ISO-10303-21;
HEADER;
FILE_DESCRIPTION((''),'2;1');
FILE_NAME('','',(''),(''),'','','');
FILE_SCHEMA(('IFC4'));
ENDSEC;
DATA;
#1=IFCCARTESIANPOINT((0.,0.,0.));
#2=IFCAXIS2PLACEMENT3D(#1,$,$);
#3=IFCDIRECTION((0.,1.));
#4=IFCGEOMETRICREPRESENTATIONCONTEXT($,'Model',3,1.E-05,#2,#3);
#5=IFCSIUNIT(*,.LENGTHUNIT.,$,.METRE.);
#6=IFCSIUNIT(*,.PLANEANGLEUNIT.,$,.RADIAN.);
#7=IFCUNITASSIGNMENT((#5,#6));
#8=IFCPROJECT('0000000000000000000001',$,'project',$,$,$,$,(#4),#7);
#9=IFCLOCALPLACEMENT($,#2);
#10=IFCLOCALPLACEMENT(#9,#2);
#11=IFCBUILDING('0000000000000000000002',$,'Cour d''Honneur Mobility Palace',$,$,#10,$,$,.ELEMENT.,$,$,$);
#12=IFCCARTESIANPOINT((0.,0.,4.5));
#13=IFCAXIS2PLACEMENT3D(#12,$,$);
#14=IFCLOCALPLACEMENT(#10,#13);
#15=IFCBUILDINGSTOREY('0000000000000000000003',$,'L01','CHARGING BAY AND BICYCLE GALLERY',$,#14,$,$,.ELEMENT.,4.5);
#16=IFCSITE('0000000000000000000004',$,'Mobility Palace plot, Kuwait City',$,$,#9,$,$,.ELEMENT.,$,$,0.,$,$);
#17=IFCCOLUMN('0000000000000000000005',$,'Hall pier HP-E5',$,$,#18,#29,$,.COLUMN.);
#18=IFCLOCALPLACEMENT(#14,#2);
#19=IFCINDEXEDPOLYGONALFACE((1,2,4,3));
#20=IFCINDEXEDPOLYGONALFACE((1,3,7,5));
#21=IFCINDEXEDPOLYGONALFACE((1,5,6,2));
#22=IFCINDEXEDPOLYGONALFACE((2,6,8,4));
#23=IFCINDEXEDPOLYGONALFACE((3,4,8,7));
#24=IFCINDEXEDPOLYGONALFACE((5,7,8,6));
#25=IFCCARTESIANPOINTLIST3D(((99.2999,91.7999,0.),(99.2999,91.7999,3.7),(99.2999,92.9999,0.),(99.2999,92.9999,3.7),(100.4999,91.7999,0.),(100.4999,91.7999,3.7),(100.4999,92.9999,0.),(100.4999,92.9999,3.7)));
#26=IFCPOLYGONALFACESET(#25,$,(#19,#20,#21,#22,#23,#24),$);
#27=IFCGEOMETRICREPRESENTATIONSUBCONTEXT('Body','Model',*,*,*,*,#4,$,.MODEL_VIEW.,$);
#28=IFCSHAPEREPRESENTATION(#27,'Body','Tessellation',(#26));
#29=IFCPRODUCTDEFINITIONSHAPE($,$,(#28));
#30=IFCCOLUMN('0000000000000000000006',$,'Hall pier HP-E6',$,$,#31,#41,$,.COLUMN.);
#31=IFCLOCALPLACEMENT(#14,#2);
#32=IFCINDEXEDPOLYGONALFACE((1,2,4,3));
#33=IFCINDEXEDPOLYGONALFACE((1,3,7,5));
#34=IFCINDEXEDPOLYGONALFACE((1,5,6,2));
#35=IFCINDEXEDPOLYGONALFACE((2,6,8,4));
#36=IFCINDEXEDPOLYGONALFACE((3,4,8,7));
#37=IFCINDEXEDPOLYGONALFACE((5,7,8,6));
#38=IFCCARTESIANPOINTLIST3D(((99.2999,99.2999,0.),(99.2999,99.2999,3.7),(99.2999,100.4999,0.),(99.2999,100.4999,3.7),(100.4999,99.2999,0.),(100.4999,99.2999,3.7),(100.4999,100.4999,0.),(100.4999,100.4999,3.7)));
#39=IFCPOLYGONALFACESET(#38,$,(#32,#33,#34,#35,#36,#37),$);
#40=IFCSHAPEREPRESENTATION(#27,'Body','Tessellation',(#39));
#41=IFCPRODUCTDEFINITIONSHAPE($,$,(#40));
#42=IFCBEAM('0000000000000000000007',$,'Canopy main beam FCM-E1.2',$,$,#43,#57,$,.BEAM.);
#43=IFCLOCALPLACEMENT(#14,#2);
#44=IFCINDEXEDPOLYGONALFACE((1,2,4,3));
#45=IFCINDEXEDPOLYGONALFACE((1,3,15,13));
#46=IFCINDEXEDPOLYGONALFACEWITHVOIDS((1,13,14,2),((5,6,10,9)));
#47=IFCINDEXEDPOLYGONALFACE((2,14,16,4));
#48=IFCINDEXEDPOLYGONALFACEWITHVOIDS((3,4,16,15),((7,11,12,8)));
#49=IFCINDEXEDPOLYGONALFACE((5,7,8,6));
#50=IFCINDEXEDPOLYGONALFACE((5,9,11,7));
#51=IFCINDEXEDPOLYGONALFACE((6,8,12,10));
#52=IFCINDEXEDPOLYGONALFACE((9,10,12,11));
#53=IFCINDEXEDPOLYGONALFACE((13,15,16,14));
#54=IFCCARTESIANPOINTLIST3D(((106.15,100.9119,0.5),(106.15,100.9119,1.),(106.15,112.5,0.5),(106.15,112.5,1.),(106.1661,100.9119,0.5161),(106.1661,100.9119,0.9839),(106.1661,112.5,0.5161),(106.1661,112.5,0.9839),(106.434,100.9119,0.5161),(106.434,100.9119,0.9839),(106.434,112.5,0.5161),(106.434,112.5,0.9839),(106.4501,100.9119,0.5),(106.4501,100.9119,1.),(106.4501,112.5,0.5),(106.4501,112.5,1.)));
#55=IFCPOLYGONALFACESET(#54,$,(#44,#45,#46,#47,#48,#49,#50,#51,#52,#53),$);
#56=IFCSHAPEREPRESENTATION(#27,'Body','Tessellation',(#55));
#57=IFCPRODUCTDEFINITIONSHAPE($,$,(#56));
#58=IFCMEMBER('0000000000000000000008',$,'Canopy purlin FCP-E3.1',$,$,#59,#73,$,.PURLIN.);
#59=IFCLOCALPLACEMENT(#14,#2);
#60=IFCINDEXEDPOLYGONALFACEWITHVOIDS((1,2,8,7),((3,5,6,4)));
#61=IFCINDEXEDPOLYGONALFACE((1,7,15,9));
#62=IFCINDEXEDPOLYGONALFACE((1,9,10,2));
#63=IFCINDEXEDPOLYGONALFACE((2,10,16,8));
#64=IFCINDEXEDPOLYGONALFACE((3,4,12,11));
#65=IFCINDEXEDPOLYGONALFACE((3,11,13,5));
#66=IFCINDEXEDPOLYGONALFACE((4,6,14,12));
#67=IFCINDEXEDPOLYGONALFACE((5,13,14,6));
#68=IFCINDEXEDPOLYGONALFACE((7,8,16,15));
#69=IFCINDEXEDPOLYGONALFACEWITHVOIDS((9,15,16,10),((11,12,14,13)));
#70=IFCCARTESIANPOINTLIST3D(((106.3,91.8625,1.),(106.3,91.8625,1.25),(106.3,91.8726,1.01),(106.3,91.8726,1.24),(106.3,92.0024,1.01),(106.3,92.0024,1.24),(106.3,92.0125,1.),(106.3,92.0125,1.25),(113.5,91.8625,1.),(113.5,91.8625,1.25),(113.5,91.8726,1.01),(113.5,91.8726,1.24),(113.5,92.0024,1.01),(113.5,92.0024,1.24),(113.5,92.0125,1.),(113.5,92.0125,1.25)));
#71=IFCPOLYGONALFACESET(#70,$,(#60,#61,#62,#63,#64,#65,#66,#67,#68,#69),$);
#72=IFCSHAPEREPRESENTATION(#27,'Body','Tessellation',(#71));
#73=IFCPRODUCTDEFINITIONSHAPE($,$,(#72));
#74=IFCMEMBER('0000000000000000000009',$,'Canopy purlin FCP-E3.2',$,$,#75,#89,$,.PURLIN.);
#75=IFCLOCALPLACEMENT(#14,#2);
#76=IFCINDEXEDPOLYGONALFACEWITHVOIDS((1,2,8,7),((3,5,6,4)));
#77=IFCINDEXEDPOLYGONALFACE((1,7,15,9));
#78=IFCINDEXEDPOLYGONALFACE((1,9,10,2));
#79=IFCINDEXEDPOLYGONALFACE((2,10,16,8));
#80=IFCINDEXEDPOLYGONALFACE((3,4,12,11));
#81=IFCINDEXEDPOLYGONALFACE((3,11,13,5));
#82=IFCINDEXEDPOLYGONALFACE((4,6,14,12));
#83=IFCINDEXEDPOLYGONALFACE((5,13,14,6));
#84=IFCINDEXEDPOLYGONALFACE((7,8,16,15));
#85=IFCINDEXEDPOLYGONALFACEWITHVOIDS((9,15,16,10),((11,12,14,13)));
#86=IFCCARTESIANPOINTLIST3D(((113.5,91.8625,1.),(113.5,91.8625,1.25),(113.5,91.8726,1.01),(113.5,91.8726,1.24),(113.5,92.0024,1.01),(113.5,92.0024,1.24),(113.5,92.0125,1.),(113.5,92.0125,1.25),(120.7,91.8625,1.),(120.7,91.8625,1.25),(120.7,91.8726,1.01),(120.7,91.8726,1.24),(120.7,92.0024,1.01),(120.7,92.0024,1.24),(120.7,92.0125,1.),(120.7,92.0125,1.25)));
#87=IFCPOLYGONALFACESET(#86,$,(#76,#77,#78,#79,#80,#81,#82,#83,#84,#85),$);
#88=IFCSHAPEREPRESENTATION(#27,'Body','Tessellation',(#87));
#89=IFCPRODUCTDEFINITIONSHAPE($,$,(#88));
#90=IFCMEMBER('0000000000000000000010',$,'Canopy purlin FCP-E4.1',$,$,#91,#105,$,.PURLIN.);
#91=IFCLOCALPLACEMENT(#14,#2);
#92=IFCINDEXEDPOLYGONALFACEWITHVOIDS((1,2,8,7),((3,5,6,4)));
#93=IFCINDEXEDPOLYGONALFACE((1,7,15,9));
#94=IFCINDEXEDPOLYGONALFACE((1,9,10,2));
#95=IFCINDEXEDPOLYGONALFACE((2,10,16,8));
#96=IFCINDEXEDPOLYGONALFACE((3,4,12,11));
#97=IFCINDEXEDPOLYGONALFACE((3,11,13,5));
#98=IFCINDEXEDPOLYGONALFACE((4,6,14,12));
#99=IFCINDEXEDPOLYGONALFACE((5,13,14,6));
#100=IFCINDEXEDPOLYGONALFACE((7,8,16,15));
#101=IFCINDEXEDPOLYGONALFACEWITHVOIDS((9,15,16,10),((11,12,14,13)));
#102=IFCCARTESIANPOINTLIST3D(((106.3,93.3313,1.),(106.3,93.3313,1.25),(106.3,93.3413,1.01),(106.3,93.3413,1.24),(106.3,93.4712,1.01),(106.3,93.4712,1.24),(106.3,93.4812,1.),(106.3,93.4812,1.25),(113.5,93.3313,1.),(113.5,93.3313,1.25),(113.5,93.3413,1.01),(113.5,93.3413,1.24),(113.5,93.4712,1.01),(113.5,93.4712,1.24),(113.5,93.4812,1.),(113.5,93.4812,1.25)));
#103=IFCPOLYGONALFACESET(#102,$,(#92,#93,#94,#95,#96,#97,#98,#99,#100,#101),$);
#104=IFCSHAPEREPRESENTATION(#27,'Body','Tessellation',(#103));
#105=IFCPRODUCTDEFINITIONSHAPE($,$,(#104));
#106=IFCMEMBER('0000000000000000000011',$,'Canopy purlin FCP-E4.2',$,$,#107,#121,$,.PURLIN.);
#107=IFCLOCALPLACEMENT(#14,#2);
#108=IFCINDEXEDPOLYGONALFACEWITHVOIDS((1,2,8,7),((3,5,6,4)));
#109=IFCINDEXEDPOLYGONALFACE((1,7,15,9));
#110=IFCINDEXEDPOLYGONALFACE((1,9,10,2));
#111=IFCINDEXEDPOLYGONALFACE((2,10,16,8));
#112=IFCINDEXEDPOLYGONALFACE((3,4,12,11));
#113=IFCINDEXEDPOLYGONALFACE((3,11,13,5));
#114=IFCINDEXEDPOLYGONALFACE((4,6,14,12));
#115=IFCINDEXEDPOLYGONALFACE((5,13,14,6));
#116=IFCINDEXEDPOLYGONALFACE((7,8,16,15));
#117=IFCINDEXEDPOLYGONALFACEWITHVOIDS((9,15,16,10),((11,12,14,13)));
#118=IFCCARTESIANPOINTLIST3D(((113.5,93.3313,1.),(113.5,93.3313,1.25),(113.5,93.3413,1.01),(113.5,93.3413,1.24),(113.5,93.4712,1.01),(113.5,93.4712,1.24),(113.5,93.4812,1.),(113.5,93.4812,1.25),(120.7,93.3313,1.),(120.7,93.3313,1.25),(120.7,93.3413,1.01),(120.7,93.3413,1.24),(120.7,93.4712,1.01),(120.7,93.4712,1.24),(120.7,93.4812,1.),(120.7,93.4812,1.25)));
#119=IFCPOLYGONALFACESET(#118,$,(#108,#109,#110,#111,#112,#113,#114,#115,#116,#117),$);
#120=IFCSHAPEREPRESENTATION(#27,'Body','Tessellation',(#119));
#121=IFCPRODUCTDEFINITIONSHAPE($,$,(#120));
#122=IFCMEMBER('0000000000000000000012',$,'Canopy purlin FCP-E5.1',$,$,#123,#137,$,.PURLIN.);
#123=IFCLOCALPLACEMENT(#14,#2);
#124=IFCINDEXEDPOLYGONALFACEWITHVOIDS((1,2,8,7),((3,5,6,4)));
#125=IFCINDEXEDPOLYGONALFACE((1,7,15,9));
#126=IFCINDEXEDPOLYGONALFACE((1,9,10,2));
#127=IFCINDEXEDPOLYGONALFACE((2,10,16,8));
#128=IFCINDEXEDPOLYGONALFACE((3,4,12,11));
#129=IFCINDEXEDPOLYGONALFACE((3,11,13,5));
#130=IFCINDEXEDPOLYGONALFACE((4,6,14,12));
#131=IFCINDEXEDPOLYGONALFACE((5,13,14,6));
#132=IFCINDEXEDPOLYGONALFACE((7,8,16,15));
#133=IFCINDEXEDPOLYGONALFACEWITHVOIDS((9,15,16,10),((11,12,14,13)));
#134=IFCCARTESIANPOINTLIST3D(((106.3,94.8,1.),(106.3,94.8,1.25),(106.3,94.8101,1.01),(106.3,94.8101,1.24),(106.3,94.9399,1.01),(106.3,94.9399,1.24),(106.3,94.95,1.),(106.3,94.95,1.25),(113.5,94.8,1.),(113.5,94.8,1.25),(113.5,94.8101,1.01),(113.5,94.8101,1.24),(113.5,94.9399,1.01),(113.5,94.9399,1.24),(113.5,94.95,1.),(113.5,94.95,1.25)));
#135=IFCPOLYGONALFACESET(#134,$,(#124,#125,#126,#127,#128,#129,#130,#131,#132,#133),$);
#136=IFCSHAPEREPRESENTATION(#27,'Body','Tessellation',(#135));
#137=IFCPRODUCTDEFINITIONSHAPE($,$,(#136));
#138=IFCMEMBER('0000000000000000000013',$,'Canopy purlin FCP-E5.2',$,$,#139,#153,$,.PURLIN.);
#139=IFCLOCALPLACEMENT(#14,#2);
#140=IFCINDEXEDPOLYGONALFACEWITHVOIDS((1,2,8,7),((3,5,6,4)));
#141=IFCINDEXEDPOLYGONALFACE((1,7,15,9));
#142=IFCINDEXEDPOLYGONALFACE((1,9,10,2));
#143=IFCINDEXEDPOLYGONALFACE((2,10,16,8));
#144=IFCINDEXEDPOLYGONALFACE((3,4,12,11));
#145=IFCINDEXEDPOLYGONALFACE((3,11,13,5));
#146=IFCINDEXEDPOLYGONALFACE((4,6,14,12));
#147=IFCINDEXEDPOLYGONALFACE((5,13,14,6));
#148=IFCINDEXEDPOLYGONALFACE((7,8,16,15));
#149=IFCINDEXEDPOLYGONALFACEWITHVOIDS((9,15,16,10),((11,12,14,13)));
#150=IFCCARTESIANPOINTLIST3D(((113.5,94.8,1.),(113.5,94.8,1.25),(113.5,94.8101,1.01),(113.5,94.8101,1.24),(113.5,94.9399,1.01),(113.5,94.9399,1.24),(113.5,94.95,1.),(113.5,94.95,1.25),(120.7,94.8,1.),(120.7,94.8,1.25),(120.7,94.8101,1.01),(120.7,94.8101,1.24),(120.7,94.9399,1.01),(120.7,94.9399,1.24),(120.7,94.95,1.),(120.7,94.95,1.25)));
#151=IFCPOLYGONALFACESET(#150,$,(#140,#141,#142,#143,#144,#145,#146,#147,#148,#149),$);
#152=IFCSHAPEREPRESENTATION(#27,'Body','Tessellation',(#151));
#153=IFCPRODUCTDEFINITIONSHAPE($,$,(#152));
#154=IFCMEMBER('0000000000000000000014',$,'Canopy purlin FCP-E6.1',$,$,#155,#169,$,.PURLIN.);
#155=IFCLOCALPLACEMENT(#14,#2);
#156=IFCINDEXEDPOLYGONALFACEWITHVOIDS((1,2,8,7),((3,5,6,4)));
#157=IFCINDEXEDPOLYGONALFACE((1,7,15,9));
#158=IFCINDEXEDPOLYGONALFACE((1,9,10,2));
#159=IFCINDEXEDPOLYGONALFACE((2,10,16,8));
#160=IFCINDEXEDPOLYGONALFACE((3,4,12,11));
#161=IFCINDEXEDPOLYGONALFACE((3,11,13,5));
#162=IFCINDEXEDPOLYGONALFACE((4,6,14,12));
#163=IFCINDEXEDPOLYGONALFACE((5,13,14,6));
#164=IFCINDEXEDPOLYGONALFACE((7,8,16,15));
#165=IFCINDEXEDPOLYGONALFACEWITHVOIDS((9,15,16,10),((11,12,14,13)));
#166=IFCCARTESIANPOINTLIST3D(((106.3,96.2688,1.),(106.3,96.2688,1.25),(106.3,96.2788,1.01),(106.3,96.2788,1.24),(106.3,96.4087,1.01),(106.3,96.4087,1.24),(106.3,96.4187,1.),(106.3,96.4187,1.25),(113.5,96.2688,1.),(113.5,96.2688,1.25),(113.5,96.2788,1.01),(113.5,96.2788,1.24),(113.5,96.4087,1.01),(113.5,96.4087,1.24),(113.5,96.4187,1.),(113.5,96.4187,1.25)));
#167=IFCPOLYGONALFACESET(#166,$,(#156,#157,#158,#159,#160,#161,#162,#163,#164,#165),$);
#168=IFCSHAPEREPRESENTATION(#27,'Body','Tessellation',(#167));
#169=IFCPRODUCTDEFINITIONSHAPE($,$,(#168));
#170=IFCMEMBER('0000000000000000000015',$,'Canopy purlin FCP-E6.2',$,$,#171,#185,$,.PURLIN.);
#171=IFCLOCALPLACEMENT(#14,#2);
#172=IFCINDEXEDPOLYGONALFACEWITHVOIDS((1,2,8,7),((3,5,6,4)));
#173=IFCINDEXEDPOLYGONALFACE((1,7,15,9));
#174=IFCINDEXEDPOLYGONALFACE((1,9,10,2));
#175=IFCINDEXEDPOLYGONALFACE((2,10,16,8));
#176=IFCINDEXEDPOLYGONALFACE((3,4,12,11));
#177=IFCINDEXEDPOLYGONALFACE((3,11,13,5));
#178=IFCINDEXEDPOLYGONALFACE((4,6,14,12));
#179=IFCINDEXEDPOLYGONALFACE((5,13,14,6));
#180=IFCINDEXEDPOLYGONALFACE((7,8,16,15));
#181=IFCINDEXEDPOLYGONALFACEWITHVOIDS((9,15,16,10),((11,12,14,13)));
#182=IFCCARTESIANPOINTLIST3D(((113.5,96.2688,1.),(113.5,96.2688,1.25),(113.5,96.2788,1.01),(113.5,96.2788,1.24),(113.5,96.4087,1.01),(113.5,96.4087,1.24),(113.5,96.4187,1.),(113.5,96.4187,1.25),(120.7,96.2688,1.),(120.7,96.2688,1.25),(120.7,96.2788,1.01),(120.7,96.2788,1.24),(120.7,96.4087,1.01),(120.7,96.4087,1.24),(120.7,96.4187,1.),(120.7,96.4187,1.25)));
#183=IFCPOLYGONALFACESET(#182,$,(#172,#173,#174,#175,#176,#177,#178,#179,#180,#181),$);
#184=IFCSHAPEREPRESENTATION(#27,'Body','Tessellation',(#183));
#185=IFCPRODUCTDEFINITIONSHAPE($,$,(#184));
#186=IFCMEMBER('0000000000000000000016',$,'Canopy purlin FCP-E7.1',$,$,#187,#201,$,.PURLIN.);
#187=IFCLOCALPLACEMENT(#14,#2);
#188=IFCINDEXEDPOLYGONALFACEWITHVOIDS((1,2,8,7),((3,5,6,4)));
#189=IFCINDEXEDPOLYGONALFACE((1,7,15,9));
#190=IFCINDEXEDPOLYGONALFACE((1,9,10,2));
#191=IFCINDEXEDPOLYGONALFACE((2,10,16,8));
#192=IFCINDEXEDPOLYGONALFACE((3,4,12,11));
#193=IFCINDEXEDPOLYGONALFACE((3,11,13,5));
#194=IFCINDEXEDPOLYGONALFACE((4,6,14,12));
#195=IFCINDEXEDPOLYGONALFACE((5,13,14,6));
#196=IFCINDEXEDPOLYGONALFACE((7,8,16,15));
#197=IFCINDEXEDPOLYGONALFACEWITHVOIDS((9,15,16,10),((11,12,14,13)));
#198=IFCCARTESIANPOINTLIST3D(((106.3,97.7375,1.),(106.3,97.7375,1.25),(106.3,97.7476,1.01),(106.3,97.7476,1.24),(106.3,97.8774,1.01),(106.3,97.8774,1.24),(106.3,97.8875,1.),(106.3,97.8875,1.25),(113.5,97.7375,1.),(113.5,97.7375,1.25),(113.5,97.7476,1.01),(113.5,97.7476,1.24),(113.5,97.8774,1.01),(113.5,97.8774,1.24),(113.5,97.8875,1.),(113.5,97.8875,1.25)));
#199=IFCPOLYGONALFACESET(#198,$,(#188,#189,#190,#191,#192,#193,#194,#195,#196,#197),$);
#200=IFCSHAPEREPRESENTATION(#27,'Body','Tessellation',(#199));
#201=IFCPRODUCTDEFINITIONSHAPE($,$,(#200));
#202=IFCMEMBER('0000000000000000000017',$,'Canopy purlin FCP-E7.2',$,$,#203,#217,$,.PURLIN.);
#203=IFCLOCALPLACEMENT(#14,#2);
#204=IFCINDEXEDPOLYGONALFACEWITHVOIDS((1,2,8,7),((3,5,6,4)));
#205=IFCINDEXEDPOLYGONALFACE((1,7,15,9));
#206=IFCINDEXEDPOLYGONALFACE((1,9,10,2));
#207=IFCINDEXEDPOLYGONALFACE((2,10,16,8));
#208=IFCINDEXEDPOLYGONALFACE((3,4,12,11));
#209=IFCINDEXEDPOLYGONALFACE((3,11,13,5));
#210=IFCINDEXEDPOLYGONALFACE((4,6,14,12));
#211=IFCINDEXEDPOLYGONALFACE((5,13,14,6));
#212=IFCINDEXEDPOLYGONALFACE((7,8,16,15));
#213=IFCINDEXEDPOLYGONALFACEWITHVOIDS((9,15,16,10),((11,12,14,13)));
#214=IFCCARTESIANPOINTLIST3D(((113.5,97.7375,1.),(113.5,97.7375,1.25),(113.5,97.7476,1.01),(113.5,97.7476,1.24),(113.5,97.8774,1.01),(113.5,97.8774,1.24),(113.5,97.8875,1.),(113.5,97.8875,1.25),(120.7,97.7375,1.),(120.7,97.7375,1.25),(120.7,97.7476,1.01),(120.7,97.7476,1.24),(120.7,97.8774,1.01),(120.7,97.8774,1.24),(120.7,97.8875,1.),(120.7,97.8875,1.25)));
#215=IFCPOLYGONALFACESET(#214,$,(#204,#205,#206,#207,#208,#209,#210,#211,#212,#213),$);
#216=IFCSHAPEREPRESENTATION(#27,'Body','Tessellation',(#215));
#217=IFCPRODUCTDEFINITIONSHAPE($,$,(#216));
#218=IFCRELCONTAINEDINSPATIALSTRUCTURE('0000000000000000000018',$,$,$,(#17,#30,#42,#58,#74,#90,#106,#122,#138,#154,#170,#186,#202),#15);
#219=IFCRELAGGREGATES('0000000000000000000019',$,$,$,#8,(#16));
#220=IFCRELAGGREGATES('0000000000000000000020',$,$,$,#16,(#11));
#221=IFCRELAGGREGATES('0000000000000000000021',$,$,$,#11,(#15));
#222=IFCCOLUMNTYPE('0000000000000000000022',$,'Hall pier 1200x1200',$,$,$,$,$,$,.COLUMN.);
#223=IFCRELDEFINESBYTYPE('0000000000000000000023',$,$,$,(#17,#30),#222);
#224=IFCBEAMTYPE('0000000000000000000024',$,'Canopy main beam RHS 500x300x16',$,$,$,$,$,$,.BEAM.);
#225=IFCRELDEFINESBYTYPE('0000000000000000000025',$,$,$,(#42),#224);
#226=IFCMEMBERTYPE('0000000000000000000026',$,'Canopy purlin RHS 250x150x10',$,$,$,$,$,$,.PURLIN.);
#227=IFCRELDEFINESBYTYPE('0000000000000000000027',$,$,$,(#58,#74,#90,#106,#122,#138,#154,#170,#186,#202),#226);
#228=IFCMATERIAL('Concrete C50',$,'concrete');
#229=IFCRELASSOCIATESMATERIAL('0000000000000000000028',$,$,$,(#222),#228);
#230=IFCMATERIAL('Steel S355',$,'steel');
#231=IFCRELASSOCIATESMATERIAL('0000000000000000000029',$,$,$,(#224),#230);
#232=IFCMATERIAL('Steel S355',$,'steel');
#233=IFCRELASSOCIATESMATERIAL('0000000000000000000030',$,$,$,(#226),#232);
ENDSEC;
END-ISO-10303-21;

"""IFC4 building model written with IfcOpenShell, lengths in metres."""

from ifc_helpers import new_model, si_unit, direction, frame, origin, origin_2d, place, context, subcontext, project, spatial, rectangle, hollow_rectangle, extrude, material, material_profile, profile_set, type_object, element, save


model = new_model("IFC4")

# Units and contexts
model_context = context("Model", 3, precision=1e-05, world=origin(), true_north=direction((0.0, 1.0)))
body_context = subcontext(model_context, "Body", "Model", "MODEL_VIEW")
ifc_project = project(units=[si_unit("LENGTHUNIT", "METRE"), si_unit("PLANEANGLEUNIT", "RADIAN")], contexts=[model_context])

# Site, building, storey
site_placement = place(None, origin())
site = spatial("IfcSite", under=ifc_project, at=site_placement, Name="Mobility Palace plot, Kuwait City", CompositionType="ELEMENT", RefElevation=0.0)
building_placement = place(site_placement, origin())
building = spatial("IfcBuilding", under=site, at=building_placement, Name="Cour d'Honneur Mobility Palace", CompositionType="ELEMENT")
storey_placement = place(building_placement, frame((0.0, 0.0, 4.5)))
storey = spatial("IfcBuildingStorey", under=building, at=storey_placement, Name="L01", Description="CHARGING BAY AND BICYCLE GALLERY", CompositionType="ELEMENT", Elevation=4.5)

# Columns
ifc_material_1 = material(Name="Concrete C50", Category="concrete")
ifc_material_profile_1 = material_profile(ifc_material_1, rectangle(XDim=1.2, YDim=1.2, at=origin_2d()), Name="Hall pier 1200x1200")
ifc_profile_set_1 = profile_set([ifc_material_profile_1], Name="Concrete C50")
column_type = type_object("IfcColumnType", Name="Hall pier 1200x1200", PredefinedType="COLUMN", material=ifc_profile_set_1)
for number, where, z_axis, x_axis, name in (
    (1, (99.8999, 92.3999, 0.0), (0.0, 0.0, 1.0), (1.0, 0.0, 0.0), "Hall pier HP-E5"),
    (2, (99.8999, 99.8999, 0.0), (0.0, 0.0, 1.0), (1.0, 0.0, 0.0), "Hall pier HP-E6"),
):
    element("IfcColumn", number, at=place(storey_placement, frame(where, z_axis=z_axis, x_axis=x_axis)), inside=storey, type_object=column_type, Name=name, PredefinedType="COLUMN", context=body_context, shape_type="SweptSolid", body=[
        extrude(rectangle(XDim=1.2, YDim=1.2, at=origin_2d()), origin(), (0.0, 0.0, 1.0), 3.7),
    ])

# Beam
ifc_material_2 = material(Name="Steel S355", Category="steel")
ifc_material_profile_2 = material_profile(ifc_material_2, hollow_rectangle(XDim=0.3, YDim=0.5, WallThickness=0.0161, at=origin_2d()), Name="RHS 500x300x16")
ifc_profile_set_2 = profile_set([ifc_material_profile_2], Name="Steel S355")
beam_type_1 = type_object("IfcBeamType", Name="Canopy main beam RHS 500x300x16", PredefinedType="BEAM", material=ifc_profile_set_2)
beam_placement = place(storey_placement, frame((106.3, 100.9119, 0.75), z_axis=(0.0, 1.0, 0.0), x_axis=(-1.0, 0.0, 0.0)))
element("IfcBeam", 3, at=beam_placement, inside=storey, type_object=beam_type_1, Name="Canopy main beam FCM-E1.2", PredefinedType="BEAM", context=body_context, shape_type="SweptSolid", body=[
    extrude(hollow_rectangle(XDim=0.3, YDim=0.5, WallThickness=0.0161, at=origin_2d()), origin(), (0.0, 0.0, 1.0), 11.5881),
])

# Members
ifc_material_3 = material(Name="Steel S355", Category="steel")
ifc_material_profile_3 = material_profile(ifc_material_3, hollow_rectangle(XDim=0.1499, YDim=0.25, WallThickness=0.01, at=origin_2d()), Name="RHS 250x150x10")
ifc_profile_set_3 = profile_set([ifc_material_profile_3], Name="Steel S355")
member_type = type_object("IfcMemberType", Name="Canopy purlin RHS 250x150x10", PredefinedType="PURLIN", material=ifc_profile_set_3)
for number, where, z_axis, x_axis, name in (
    (4, (106.3, 91.9375, 1.125), (1.0, 0.0, 0.0), (0.0, 1.0, 0.0), "Canopy purlin FCP-E3.1"),
    (5, (113.5, 91.9375, 1.125), (1.0, 0.0, 0.0), (0.0, 1.0, 0.0), "Canopy purlin FCP-E3.2"),
    (6, (106.3, 93.4062, 1.125), (1.0, 0.0, 0.0), (0.0, 1.0, 0.0), "Canopy purlin FCP-E4.1"),
    (7, (113.5, 93.4062, 1.125), (1.0, 0.0, 0.0), (0.0, 1.0, 0.0), "Canopy purlin FCP-E4.2"),
    (8, (106.3, 94.875, 1.125), (1.0, 0.0, 0.0), (0.0, 1.0, 0.0), "Canopy purlin FCP-E5.1"),
    (9, (113.5, 94.875, 1.125), (1.0, 0.0, 0.0), (0.0, 1.0, 0.0), "Canopy purlin FCP-E5.2"),
    (10, (106.3, 96.3438, 1.125), (1.0, 0.0, 0.0), (0.0, 1.0, 0.0), "Canopy purlin FCP-E6.1"),
    (11, (113.5, 96.3438, 1.125), (1.0, 0.0, 0.0), (0.0, 1.0, 0.0), "Canopy purlin FCP-E6.2"),
    (12, (106.3, 97.8125, 1.125), (1.0, 0.0, 0.0), (0.0, 1.0, 0.0), "Canopy purlin FCP-E7.1"),
    (13, (113.5, 97.8125, 1.125), (1.0, 0.0, 0.0), (0.0, 1.0, 0.0), "Canopy purlin FCP-E7.2"),
):
    element("IfcMember", number, at=place(storey_placement, frame(where, z_axis=z_axis, x_axis=x_axis)), inside=storey, type_object=member_type, Name=name, PredefinedType="PURLIN", context=body_context, shape_type="SweptSolid", body=[
        extrude(hollow_rectangle(XDim=0.1499, YDim=0.25, WallThickness=0.01, at=origin_2d()), origin(), (0.0, 0.0, 1.0), 7.2),
    ])

save(model, "model.ifc")
